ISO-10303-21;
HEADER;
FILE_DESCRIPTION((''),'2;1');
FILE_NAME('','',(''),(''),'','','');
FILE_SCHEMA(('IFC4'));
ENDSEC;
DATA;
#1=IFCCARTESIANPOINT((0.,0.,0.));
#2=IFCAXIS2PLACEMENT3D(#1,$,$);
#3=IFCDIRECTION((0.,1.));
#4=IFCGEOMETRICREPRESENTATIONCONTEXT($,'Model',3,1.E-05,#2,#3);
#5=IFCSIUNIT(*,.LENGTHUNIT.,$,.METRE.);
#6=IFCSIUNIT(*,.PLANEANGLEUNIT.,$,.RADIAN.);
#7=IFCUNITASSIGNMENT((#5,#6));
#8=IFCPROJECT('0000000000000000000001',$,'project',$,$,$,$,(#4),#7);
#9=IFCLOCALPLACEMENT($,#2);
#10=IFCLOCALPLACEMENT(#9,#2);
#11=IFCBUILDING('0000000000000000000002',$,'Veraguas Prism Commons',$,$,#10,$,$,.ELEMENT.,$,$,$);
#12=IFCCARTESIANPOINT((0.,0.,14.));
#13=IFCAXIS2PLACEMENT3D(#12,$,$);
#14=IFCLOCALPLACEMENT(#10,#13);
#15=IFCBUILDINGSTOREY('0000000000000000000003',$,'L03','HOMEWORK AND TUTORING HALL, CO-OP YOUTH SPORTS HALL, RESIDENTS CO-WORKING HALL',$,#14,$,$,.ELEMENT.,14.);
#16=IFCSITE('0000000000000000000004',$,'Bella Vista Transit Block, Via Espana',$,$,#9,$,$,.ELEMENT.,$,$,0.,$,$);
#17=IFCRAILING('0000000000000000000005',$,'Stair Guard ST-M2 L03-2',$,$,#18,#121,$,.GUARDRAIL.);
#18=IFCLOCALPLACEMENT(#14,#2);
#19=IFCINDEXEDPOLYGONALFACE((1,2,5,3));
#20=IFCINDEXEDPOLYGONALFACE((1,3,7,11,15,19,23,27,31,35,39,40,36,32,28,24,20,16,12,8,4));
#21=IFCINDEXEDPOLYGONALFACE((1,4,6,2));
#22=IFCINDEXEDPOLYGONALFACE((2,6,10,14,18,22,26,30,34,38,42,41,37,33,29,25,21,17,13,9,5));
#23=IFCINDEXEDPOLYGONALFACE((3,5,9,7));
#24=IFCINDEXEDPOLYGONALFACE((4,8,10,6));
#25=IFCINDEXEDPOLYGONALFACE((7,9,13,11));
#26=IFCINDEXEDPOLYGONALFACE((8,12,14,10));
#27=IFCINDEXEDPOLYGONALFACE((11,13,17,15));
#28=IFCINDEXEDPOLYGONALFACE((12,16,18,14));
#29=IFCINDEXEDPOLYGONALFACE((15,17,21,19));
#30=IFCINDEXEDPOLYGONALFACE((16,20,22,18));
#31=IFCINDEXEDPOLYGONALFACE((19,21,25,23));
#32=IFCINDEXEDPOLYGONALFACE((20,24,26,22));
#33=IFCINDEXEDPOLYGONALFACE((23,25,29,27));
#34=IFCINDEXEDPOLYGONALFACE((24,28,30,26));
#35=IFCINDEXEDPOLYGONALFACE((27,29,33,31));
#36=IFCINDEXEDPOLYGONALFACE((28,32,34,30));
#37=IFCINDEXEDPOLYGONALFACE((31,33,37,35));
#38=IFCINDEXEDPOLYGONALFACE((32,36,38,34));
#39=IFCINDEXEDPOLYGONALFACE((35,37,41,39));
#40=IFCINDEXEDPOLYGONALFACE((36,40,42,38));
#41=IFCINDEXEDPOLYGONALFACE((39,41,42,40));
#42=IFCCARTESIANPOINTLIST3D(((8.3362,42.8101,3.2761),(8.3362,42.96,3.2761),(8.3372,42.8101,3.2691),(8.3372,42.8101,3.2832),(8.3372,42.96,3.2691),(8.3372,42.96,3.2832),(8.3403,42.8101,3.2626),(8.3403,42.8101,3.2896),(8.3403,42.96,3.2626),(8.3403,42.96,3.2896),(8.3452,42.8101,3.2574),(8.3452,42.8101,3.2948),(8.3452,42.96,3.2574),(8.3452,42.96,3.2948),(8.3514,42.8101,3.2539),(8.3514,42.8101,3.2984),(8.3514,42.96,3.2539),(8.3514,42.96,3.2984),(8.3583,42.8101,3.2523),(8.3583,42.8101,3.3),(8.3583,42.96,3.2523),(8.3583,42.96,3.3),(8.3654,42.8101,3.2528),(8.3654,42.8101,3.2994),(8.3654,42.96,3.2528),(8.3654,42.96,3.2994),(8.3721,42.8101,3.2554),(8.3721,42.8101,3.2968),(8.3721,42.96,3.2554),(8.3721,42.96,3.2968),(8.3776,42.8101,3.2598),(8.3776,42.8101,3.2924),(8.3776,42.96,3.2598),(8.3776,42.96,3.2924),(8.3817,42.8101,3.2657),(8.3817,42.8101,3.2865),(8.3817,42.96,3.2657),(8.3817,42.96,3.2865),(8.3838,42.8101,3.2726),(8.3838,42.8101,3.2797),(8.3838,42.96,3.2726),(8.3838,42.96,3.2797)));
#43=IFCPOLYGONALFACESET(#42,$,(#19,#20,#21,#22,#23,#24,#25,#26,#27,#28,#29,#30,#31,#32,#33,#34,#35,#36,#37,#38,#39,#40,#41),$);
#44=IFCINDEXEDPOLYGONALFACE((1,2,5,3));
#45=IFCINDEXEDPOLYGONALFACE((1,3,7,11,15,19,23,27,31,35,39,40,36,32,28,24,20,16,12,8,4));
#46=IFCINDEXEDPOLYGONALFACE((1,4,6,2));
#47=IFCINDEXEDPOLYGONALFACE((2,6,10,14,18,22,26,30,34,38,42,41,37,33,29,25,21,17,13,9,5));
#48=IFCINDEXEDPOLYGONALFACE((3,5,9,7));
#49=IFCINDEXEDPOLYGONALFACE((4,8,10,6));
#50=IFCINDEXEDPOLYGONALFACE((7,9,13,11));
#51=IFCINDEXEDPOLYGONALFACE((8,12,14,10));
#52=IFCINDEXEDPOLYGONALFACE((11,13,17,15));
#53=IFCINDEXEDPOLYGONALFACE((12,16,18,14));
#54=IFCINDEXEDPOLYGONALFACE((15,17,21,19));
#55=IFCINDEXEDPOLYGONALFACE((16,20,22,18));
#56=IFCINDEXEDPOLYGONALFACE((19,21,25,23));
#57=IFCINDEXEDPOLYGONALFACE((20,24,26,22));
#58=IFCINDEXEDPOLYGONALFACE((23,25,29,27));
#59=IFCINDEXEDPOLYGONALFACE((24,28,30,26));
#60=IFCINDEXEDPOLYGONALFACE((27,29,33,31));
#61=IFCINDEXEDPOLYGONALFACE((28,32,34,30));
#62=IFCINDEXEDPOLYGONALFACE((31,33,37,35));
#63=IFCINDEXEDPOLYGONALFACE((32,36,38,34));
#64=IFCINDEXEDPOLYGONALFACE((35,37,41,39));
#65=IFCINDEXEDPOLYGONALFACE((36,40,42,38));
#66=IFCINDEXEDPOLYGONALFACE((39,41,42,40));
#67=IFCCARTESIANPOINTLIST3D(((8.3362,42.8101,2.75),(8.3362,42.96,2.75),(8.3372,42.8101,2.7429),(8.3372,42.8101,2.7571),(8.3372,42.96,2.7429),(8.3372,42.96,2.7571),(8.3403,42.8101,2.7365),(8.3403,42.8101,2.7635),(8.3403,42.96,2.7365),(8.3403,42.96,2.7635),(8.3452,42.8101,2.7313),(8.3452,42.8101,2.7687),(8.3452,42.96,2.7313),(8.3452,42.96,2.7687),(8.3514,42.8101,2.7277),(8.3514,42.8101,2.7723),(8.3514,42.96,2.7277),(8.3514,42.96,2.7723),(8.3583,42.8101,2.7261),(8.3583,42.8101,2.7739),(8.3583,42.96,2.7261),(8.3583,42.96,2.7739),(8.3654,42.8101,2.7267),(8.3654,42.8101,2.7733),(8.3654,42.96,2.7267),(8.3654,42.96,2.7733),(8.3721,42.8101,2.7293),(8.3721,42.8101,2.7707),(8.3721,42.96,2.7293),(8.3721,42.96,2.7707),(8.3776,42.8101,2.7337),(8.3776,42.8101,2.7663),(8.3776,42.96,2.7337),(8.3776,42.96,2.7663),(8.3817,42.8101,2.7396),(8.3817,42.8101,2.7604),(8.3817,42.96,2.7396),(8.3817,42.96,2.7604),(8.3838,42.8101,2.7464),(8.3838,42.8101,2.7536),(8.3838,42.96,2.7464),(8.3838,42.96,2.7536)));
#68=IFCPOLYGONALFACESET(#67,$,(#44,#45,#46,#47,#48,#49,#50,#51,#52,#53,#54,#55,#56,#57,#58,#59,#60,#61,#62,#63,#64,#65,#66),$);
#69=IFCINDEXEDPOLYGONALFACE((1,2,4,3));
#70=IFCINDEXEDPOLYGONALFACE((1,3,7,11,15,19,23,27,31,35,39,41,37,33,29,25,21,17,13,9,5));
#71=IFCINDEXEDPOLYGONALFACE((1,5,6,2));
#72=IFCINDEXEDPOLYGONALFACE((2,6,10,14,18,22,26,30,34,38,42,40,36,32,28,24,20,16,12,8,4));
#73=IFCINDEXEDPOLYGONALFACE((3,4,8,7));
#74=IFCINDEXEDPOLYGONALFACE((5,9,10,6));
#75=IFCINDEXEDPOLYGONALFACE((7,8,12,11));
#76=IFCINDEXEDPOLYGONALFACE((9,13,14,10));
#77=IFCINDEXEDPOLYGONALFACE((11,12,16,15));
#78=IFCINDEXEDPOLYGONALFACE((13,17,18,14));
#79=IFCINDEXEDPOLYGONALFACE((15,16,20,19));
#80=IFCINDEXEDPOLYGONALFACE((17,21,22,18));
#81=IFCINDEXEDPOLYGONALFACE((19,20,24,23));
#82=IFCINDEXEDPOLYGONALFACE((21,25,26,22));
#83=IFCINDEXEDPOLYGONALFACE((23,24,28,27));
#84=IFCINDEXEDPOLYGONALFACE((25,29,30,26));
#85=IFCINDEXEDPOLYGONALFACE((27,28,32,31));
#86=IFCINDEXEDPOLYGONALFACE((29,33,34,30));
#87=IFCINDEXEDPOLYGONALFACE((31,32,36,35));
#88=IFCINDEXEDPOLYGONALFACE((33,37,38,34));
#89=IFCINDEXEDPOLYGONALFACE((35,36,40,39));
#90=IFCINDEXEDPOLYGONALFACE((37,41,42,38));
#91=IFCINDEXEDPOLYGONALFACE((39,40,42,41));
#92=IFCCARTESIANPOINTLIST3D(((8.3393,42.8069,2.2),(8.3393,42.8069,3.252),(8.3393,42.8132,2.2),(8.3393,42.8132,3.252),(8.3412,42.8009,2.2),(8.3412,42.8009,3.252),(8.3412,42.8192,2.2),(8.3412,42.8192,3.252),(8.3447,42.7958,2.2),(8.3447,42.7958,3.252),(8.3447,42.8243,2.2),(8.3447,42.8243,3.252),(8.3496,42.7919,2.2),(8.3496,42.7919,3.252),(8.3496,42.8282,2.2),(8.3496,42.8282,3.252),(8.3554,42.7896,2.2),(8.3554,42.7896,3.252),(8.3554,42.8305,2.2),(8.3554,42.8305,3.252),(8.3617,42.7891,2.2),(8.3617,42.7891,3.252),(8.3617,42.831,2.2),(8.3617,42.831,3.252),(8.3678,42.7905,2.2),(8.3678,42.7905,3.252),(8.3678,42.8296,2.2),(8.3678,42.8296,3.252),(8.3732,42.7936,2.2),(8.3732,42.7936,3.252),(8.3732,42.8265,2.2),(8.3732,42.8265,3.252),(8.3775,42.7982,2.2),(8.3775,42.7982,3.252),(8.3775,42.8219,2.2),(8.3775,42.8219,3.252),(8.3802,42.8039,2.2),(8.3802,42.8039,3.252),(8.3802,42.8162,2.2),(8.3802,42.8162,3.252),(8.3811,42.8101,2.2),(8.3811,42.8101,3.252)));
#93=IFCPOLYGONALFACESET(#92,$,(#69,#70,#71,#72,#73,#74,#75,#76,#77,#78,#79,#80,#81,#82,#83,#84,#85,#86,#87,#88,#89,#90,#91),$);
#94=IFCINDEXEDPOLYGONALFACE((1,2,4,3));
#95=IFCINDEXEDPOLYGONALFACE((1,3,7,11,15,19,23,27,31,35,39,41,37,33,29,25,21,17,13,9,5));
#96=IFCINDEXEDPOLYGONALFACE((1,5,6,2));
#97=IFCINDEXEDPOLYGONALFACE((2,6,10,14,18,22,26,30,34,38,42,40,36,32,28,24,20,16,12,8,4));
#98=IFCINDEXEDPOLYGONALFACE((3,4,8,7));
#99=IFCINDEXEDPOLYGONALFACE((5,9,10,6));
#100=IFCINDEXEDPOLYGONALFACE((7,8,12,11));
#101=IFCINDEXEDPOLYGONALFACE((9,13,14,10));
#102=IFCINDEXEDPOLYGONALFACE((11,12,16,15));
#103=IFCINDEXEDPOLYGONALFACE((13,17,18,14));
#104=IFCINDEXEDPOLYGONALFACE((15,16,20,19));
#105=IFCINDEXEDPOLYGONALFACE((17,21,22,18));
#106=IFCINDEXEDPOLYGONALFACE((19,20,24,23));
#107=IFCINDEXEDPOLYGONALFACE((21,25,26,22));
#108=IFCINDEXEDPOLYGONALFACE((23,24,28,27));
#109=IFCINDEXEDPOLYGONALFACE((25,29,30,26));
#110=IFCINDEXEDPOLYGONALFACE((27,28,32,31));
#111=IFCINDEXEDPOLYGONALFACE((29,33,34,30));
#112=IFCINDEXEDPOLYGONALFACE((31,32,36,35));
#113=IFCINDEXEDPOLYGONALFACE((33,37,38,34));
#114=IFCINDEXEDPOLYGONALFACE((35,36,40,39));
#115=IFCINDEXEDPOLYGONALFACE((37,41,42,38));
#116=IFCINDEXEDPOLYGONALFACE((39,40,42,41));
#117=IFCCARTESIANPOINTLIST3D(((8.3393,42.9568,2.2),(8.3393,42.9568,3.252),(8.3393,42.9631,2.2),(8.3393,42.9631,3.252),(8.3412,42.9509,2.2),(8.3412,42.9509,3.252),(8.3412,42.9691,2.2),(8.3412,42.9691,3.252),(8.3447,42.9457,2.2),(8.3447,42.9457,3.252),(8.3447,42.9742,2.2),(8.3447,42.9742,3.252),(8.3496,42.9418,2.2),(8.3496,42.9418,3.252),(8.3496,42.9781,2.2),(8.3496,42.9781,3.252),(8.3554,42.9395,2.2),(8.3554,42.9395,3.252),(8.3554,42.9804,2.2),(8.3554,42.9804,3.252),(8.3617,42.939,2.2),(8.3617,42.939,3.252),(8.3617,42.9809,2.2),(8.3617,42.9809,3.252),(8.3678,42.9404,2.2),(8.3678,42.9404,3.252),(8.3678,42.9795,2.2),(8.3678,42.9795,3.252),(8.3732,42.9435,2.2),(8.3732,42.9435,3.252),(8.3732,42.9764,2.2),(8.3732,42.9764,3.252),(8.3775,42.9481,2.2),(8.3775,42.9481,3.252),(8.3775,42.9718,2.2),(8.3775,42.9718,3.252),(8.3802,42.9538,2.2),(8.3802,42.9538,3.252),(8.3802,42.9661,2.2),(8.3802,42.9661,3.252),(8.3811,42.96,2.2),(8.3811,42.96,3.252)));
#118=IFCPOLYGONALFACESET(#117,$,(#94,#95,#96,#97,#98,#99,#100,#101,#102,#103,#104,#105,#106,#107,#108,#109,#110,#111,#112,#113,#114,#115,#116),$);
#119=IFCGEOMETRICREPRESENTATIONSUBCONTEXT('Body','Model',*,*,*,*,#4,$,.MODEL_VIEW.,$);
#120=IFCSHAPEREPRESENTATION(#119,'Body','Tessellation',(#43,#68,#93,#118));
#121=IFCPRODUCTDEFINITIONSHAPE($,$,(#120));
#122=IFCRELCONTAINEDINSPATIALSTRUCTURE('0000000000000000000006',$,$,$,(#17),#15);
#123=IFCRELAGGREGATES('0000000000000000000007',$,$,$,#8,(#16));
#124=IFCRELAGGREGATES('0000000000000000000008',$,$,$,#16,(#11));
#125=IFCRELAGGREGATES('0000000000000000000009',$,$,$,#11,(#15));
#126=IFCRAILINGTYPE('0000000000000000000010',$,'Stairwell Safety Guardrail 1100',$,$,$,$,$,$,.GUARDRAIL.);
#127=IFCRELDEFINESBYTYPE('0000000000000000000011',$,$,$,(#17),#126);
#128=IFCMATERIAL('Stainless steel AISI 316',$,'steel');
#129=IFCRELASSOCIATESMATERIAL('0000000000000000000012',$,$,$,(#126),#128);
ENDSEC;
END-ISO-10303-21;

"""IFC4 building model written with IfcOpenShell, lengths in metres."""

from ifc_helpers import new_model, si_unit, direction, frame, origin, origin_2d, place, context, subcontext, project, spatial, circle, extrude, material, type_object, element, save


model = new_model("IFC4")

# Units and contexts
model_context = context("Model", 3, precision=1e-05, world=origin(), true_north=direction((0.0, 1.0)))
body_context = subcontext(model_context, "Body", "Model", "MODEL_VIEW")
ifc_project = project(units=[si_unit("LENGTHUNIT", "METRE"), si_unit("PLANEANGLEUNIT", "RADIAN")], contexts=[model_context])

# Site, building, storey
site_placement = place(None, origin())
site = spatial("IfcSite", under=ifc_project, at=site_placement, Name="Bella Vista Transit Block, Via Espana", CompositionType="ELEMENT", RefElevation=0.0)
building_placement = place(site_placement, origin())
building = spatial("IfcBuilding", under=site, at=building_placement, Name="Veraguas Prism Commons", CompositionType="ELEMENT")
storey_placement = place(building_placement, frame((0.0, 0.0, 14.0)))
storey = spatial("IfcBuildingStorey", under=building, at=storey_placement, Name="L03", Description="HOMEWORK AND TUTORING HALL, CO-OP YOUTH SPORTS HALL, RESIDENTS CO-WORKING HALL", CompositionType="ELEMENT", Elevation=14.0)

# Railing
ifc_material_1 = material(Name="Stainless steel AISI 316", Category="steel")
railing_type = type_object("IfcRailingType", Name="Stairwell Safety Guardrail 1100", PredefinedType="GUARDRAIL", material=ifc_material_1)
railing_placement = place(storey_placement, frame((8.3601, 42.8101, 2.2)))
element("IfcRailing", 1, at=railing_placement, inside=storey, type_object=railing_type, Name="Stair Guard ST-M2 L03-2", PredefinedType="GUARDRAIL", context=body_context, shape_type="SweptSolid", body=[
    extrude(circle(Radius=0.0239, at=origin_2d()), frame((0.0, 0.0, 1.0762), z_axis=(0.0, 1.0, 0.0), x_axis=(-1.0, 0.0, 0.0)), (0.0, 0.0, 1.0), 0.1499),
    extrude(circle(Radius=0.0239, at=origin_2d()), frame((0.0, 0.0, 0.55), z_axis=(0.0, 1.0, 0.0), x_axis=(-1.0, 0.0, 0.0)), (0.0, 0.0, 1.0), 0.1499),
    extrude(circle(Radius=0.021, at=origin_2d()), origin(), (0.0, 0.0, 1.0), 1.052),
    extrude(circle(Radius=0.021, at=origin_2d()), frame((0.0, 0.1499, 0.0)), (0.0, 0.0, 1.0), 1.052),
])

save(model, "model.ifc")
